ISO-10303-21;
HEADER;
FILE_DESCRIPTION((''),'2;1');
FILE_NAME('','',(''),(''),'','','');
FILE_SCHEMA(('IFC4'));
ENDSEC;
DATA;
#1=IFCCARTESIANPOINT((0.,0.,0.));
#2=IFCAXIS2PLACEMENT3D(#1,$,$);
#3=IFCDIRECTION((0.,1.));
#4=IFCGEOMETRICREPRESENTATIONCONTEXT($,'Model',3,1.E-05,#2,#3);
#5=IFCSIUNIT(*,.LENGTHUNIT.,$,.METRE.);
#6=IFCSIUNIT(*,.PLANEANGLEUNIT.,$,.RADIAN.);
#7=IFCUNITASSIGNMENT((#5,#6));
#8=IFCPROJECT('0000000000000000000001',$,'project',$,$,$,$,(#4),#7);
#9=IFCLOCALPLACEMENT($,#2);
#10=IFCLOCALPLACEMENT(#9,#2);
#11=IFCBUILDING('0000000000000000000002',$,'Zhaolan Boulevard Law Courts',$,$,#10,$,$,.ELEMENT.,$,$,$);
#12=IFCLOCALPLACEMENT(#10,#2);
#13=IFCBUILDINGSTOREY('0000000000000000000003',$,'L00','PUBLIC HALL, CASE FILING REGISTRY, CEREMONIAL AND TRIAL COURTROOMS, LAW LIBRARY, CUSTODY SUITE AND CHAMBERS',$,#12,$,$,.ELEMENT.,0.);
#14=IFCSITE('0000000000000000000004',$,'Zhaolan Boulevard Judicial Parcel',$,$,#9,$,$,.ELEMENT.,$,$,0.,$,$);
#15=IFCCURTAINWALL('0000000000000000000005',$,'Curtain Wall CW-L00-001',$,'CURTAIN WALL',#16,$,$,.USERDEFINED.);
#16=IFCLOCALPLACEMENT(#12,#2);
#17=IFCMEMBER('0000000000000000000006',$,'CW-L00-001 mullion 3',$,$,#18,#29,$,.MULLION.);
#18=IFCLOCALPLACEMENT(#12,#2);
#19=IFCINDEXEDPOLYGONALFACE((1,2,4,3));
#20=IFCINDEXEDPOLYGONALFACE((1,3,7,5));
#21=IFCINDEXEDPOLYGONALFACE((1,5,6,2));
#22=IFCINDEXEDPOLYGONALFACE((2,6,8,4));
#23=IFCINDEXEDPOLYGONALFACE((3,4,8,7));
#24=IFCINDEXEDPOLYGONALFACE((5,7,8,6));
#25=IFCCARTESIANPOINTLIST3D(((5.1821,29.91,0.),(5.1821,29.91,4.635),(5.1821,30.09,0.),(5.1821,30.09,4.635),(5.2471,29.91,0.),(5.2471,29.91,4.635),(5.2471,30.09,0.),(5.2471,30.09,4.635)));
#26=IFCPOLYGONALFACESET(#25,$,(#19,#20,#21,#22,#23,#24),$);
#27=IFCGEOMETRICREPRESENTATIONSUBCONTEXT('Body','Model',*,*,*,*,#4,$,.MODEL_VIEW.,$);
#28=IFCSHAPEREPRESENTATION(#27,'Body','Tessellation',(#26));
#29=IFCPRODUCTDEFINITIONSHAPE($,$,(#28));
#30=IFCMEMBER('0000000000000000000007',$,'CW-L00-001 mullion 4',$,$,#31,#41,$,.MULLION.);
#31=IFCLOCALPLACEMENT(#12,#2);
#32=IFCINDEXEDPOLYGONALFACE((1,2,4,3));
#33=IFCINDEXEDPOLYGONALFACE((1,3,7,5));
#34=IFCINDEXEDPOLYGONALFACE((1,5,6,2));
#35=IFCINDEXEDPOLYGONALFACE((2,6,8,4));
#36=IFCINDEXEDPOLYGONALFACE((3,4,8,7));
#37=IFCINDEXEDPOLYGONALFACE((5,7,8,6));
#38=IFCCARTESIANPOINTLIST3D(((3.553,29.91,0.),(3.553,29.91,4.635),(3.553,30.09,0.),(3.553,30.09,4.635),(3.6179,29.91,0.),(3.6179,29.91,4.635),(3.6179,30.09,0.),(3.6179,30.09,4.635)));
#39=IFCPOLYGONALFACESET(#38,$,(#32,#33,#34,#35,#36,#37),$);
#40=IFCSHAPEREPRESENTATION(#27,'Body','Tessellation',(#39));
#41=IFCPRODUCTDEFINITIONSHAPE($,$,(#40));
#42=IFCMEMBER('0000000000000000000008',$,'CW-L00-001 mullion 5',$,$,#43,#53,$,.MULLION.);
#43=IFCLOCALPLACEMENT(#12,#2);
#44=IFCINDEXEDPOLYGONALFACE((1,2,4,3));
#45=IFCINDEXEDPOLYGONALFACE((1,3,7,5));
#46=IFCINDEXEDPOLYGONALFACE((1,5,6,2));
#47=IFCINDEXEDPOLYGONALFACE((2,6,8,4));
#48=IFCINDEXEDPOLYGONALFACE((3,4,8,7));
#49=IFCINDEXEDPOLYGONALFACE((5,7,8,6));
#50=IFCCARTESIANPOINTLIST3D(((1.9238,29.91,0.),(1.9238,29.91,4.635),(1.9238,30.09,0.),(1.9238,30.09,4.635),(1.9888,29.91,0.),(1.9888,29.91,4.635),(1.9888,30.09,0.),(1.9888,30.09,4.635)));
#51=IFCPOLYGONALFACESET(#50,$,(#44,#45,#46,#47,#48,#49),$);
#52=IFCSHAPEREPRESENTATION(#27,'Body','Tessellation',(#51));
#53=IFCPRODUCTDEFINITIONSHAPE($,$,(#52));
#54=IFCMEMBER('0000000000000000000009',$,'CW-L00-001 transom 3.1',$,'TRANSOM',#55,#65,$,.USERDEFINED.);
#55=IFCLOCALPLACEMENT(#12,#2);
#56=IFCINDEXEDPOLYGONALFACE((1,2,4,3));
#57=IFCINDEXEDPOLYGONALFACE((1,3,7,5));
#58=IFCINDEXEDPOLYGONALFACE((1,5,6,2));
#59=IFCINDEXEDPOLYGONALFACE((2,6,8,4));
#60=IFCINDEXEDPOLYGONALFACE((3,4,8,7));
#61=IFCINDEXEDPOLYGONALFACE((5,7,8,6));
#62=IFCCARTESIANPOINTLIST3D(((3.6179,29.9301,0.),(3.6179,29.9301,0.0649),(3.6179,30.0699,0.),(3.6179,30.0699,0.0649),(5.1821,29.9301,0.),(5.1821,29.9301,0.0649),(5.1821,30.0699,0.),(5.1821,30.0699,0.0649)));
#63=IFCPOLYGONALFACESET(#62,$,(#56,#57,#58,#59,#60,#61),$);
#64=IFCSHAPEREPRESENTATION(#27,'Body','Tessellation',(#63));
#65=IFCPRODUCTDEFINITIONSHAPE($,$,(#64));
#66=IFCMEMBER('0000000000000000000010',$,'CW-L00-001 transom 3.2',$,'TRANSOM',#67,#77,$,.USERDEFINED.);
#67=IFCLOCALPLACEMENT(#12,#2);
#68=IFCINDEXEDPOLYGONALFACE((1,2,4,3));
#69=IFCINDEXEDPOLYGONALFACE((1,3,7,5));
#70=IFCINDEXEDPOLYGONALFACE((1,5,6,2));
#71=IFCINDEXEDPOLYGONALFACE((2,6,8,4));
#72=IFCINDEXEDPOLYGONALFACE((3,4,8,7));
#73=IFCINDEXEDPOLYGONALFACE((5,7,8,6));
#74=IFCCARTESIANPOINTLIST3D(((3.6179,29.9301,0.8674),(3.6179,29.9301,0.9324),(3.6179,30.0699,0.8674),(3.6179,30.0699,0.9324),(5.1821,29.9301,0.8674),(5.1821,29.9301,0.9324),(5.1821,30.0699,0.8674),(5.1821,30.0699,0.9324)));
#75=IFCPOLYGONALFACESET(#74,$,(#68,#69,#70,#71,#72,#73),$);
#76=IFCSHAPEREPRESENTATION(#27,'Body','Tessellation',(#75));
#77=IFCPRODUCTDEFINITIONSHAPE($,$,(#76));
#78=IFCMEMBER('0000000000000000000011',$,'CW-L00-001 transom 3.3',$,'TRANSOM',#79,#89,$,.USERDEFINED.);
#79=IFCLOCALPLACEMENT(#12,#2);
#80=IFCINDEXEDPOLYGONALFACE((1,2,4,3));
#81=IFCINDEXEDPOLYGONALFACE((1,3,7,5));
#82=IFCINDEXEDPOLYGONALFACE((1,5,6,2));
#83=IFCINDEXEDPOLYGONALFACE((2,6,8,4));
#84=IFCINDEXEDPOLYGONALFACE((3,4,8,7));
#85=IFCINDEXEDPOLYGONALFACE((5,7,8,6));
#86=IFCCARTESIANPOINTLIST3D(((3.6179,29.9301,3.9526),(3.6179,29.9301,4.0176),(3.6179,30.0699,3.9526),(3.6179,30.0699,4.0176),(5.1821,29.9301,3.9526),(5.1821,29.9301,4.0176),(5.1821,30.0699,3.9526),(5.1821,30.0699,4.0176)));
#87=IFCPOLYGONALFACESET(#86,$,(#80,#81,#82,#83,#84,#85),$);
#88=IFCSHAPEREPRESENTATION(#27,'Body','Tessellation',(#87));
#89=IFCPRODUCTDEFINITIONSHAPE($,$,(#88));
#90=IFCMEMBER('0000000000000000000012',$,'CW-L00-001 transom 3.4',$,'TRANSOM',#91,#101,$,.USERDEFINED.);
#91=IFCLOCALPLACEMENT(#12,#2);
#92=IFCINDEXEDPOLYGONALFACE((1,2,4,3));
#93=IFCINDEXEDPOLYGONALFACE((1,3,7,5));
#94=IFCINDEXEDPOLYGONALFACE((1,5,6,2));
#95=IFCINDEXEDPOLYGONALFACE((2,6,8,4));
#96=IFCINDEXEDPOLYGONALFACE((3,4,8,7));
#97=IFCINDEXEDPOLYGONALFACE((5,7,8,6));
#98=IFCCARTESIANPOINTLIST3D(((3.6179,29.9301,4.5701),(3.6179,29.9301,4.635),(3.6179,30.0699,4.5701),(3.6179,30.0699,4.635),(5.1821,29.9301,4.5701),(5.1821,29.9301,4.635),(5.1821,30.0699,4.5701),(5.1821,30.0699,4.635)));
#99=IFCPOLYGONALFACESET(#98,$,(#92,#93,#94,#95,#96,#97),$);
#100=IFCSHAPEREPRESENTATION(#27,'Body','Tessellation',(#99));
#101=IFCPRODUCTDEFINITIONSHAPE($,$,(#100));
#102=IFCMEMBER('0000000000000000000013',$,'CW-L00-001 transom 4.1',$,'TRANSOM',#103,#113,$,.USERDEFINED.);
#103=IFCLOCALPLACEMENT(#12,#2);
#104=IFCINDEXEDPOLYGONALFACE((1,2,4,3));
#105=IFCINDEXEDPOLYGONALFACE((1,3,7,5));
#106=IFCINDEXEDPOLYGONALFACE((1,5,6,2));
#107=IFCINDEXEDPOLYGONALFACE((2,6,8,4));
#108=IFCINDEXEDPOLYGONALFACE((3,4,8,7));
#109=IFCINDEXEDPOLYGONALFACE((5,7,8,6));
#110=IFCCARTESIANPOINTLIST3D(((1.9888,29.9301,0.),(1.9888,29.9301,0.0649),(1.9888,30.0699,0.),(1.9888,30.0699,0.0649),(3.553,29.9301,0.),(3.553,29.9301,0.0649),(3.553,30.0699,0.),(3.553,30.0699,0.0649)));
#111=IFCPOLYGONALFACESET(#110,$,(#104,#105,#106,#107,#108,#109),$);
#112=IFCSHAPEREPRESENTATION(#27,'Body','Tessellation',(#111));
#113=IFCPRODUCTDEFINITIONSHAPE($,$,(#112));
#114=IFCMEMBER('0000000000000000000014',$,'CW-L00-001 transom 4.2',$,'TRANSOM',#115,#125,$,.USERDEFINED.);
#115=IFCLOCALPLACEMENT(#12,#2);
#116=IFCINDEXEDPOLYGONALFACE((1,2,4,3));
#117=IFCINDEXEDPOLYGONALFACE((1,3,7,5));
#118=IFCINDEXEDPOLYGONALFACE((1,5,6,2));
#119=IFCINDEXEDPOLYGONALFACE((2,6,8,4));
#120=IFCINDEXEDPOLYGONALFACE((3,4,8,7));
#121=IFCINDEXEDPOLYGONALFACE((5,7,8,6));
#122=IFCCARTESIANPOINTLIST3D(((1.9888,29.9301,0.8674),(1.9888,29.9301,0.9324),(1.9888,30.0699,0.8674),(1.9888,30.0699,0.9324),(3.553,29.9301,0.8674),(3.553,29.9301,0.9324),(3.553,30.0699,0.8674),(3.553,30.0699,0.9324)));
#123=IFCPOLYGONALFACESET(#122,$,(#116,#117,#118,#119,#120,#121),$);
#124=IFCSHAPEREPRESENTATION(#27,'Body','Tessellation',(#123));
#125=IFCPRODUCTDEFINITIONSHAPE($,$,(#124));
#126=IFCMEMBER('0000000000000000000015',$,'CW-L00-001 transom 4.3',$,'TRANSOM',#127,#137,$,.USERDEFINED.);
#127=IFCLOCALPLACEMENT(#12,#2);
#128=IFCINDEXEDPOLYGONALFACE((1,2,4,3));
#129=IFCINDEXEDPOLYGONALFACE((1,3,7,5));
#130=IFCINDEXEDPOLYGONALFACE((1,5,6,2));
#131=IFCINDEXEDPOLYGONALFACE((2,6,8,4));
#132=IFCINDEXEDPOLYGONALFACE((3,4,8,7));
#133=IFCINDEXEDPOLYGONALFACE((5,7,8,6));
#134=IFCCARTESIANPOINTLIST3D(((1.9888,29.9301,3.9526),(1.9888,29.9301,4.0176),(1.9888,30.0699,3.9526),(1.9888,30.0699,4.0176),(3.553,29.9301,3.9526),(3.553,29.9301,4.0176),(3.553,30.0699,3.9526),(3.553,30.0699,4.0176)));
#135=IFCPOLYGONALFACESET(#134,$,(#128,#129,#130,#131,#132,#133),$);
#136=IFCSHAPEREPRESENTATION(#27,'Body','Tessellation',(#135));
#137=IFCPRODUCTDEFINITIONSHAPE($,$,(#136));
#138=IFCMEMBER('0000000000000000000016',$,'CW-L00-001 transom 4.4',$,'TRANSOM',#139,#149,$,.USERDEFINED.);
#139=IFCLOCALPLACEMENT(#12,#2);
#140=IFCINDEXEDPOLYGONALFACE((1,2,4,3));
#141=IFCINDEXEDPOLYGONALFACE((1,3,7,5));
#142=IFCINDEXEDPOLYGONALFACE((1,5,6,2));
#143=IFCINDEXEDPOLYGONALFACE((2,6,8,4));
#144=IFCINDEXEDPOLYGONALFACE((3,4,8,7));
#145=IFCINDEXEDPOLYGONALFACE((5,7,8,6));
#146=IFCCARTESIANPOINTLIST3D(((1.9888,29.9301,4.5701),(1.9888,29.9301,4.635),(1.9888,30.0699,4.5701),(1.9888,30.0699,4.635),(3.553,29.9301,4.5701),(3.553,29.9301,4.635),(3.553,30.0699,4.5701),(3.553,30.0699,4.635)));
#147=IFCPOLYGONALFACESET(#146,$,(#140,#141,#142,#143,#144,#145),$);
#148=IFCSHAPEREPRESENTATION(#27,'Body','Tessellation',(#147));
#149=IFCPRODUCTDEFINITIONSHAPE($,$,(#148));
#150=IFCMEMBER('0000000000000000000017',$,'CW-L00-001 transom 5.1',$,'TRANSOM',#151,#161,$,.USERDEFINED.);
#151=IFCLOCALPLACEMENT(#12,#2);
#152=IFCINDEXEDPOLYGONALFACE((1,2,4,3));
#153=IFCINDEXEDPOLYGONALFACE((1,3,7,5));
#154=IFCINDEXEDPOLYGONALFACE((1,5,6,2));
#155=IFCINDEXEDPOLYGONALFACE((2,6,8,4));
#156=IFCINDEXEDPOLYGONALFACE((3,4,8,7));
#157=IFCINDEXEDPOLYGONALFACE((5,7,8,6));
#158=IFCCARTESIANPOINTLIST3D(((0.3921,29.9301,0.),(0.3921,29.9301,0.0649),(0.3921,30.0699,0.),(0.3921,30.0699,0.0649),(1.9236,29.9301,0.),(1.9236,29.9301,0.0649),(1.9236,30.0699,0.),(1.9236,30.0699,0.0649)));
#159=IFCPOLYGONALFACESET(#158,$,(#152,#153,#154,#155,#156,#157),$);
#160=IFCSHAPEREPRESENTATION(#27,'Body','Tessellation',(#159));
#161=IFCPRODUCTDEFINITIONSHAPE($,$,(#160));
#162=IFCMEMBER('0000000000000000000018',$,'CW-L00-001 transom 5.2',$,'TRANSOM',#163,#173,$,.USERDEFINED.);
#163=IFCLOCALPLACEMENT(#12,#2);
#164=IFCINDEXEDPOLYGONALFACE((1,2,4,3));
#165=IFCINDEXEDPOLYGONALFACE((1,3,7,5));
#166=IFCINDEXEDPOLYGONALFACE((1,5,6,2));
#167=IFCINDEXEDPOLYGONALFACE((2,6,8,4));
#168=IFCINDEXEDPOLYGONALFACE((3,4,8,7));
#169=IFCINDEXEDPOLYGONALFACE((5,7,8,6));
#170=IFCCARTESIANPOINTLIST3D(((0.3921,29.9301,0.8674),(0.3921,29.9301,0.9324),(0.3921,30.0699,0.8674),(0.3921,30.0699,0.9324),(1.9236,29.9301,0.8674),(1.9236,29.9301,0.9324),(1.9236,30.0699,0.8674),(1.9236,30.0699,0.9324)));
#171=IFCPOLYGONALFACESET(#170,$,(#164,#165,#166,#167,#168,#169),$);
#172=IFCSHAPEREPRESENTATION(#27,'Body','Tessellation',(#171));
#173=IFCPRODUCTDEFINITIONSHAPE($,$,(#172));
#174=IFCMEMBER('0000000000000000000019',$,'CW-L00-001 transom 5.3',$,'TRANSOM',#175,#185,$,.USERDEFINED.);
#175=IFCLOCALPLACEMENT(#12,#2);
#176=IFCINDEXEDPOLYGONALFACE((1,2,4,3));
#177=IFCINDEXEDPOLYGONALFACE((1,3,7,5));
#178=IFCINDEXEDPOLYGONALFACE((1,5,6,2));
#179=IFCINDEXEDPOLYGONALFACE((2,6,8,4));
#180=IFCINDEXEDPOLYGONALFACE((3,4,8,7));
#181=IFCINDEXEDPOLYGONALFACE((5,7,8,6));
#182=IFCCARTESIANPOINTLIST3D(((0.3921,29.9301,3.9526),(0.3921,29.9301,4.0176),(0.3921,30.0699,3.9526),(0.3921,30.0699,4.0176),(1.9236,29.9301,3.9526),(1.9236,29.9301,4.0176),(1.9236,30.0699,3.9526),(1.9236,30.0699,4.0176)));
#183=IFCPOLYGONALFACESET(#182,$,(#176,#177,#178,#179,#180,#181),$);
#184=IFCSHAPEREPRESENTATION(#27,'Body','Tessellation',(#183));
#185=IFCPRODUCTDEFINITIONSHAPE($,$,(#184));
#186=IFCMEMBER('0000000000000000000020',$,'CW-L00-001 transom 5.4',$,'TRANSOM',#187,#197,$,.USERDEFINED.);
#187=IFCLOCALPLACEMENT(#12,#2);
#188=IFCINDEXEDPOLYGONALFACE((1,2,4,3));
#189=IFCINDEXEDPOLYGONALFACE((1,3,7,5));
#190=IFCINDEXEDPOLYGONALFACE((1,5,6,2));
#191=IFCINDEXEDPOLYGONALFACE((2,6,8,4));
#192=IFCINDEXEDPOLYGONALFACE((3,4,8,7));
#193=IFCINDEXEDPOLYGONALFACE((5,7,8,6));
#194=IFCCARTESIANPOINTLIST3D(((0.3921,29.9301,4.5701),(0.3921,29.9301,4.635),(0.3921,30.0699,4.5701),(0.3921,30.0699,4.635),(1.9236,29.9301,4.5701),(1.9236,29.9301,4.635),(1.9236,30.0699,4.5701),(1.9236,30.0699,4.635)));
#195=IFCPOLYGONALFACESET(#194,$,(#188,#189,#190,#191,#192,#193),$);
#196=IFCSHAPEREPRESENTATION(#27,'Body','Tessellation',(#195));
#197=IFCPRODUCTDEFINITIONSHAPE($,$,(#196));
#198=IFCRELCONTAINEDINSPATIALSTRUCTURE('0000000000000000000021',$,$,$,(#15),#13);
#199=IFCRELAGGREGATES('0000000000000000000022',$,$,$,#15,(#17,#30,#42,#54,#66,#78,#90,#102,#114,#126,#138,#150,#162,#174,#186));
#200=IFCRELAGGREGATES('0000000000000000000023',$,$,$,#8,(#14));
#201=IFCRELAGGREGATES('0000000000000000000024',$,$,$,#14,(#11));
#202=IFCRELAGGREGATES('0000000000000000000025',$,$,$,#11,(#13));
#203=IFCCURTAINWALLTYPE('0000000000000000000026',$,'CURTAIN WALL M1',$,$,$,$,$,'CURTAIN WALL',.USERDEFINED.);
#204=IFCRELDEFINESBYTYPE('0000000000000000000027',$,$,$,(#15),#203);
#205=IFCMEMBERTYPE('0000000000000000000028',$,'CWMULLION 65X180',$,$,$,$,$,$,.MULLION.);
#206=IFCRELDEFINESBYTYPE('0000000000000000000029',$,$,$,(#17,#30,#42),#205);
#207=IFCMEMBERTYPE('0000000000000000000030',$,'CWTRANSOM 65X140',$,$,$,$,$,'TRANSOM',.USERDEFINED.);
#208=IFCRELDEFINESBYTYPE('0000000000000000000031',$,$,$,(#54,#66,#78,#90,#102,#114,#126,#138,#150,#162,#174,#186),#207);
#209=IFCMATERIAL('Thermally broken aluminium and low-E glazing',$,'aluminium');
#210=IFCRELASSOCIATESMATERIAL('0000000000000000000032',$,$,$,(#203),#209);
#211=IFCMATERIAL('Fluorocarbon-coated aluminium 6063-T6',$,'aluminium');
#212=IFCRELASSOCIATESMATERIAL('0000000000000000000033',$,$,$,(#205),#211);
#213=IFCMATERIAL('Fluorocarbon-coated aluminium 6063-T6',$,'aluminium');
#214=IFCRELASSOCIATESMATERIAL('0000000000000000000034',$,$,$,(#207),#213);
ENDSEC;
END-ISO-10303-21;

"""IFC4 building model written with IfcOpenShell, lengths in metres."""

from ifc_helpers import new_model, si_unit, direction, frame, origin, origin_2d, place, context, subcontext, project, spatial, rectangle, extrude, material, material_profile, profile_set, type_object, element, aggregate, save


model = new_model("IFC4")

# Units and contexts
model_context = context("Model", 3, precision=1e-05, world=origin(), true_north=direction((0.0, 1.0)))
body_context = subcontext(model_context, "Body", "Model", "MODEL_VIEW")
ifc_project = project(units=[si_unit("LENGTHUNIT", "METRE"), si_unit("PLANEANGLEUNIT", "RADIAN")], contexts=[model_context])

# Site, building, storey
site_placement = place(None, origin())
site = spatial("IfcSite", under=ifc_project, at=site_placement, Name="Zhaolan Boulevard Judicial Parcel", CompositionType="ELEMENT", RefElevation=0.0)
building_placement = place(site_placement, origin())
building = spatial("IfcBuilding", under=site, at=building_placement, Name="Zhaolan Boulevard Law Courts", CompositionType="ELEMENT")
storey_placement = place(building_placement, origin())
storey = spatial("IfcBuildingStorey", under=building, at=storey_placement, Name="L00", Description="PUBLIC HALL, CASE FILING REGISTRY, CEREMONIAL AND TRIAL COURTROOMS, LAW LIBRARY, CUSTODY SUITE AND CHAMBERS", CompositionType="ELEMENT", Elevation=0.0)

# Curtain wall, members
ifc_material_1 = material(Name="Thermally broken aluminium and low-E glazing", Category="aluminium")
curtain_wall_type = type_object("IfcCurtainWallType", Name="CURTAIN WALL M1", ElementType="CURTAIN WALL", PredefinedType="USERDEFINED", material=ifc_material_1)
curtain_wall_placement = place(storey_placement, origin())
curtain_wall = element("IfcCurtainWall", 1, at=curtain_wall_placement, inside=storey, type_object=curtain_wall_type, Name="Curtain Wall CW-L00-001", ObjectType="CURTAIN WALL", PredefinedType="USERDEFINED")
ifc_material_2 = material(Name="Fluorocarbon-coated aluminium 6063-T6", Category="aluminium")
ifc_material_profile_1 = material_profile(ifc_material_2, rectangle(XDim=0.1799, YDim=0.0649, at=origin_2d()), Name="AL65x180")
ifc_profile_set_1 = profile_set([ifc_material_profile_1], Name="Fluorocarbon-coated aluminium 6063-T6")
member_type_1 = type_object("IfcMemberType", Name="CWMULLION 65X180", PredefinedType="MULLION", material=ifc_profile_set_1)
member_1_placement = place(storey_placement, frame((5.2146, 30.0, 0.0), z_axis=(0.0, 0.0, 1.0), x_axis=(0.0, -1.0, 0.0)))
member_1 = element("IfcMember", 2, at=member_1_placement, type_object=member_type_1, Name="CW-L00-001 mullion 3", PredefinedType="MULLION", context=body_context, shape_type="SweptSolid", body=[
    extrude(rectangle(XDim=0.1799, YDim=0.0649, at=origin_2d()), origin(), (0.0, 0.0, 1.0), 4.635),
])
member_2_placement = place(storey_placement, frame((3.5854, 30.0, 0.0), z_axis=(0.0, 0.0, 1.0), x_axis=(0.0, -1.0, 0.0)))
member_2 = element("IfcMember", 3, at=member_2_placement, type_object=member_type_1, Name="CW-L00-001 mullion 4", PredefinedType="MULLION", context=body_context, shape_type="SweptSolid", body=[
    extrude(rectangle(XDim=0.1799, YDim=0.0649, at=origin_2d()), origin(), (0.0, 0.0, 1.0), 4.635),
])
member_3_placement = place(storey_placement, frame((1.9563, 30.0, 0.0), z_axis=(0.0, 0.0, 1.0), x_axis=(0.0, -1.0, 0.0)))
member_3 = element("IfcMember", 4, at=member_3_placement, type_object=member_type_1, Name="CW-L00-001 mullion 5", PredefinedType="MULLION", context=body_context, shape_type="SweptSolid", body=[
    extrude(rectangle(XDim=0.1799, YDim=0.0649, at=origin_2d()), origin(), (0.0, 0.0, 1.0), 4.635),
])
ifc_material_3 = material(Name="Fluorocarbon-coated aluminium 6063-T6", Category="aluminium")
ifc_material_profile_2 = material_profile(ifc_material_3, rectangle(XDim=0.1399, YDim=0.0649, at=origin_2d()), Name="AL65x140")
ifc_profile_set_2 = profile_set([ifc_material_profile_2], Name="Fluorocarbon-coated aluminium 6063-T6")
member_type_2 = type_object("IfcMemberType", Name="CWTRANSOM 65X140", ElementType="TRANSOM", PredefinedType="USERDEFINED", material=ifc_profile_set_2)
member_4_placement = place(storey_placement, frame((5.1821, 30.0, 0.0325), z_axis=(-1.0, 0.0, 0.0), x_axis=(0.0, -1.0, 0.0)))
member_4 = element("IfcMember", 5, at=member_4_placement, type_object=member_type_2, Name="CW-L00-001 transom 3.1", ObjectType="TRANSOM", PredefinedType="USERDEFINED", context=body_context, shape_type="SweptSolid", body=[
    extrude(rectangle(XDim=0.1399, YDim=0.0649, at=origin_2d()), origin(), (0.0, 0.0, 1.0), 1.5642),
])
member_5_placement = place(storey_placement, frame((5.1821, 30.0, 0.8999), z_axis=(-1.0, 0.0, 0.0), x_axis=(0.0, -1.0, 0.0)))
member_5 = element("IfcMember", 6, at=member_5_placement, type_object=member_type_2, Name="CW-L00-001 transom 3.2", ObjectType="TRANSOM", PredefinedType="USERDEFINED", context=body_context, shape_type="SweptSolid", body=[
    extrude(rectangle(XDim=0.1399, YDim=0.0649, at=origin_2d()), origin(), (0.0, 0.0, 1.0), 1.5642),
])
member_6_placement = place(storey_placement, frame((5.1821, 30.0, 3.9851), z_axis=(-1.0, 0.0, 0.0), x_axis=(0.0, -1.0, 0.0)))
member_6 = element("IfcMember", 7, at=member_6_placement, type_object=member_type_2, Name="CW-L00-001 transom 3.3", ObjectType="TRANSOM", PredefinedType="USERDEFINED", context=body_context, shape_type="SweptSolid", body=[
    extrude(rectangle(XDim=0.1399, YDim=0.0649, at=origin_2d()), origin(), (0.0, 0.0, 1.0), 1.5642),
])
member_7_placement = place(storey_placement, frame((5.1821, 30.0, 4.6025), z_axis=(-1.0, 0.0, 0.0), x_axis=(0.0, -1.0, 0.0)))
member_7 = element("IfcMember", 8, at=member_7_placement, type_object=member_type_2, Name="CW-L00-001 transom 3.4", ObjectType="TRANSOM", PredefinedType="USERDEFINED", context=body_context, shape_type="SweptSolid", body=[
    extrude(rectangle(XDim=0.1399, YDim=0.0649, at=origin_2d()), origin(), (0.0, 0.0, 1.0), 1.5642),
])
member_8_placement = place(storey_placement, frame((3.553, 30.0, 0.0325), z_axis=(-1.0, 0.0, 0.0), x_axis=(0.0, -1.0, 0.0)))
member_8 = element("IfcMember", 9, at=member_8_placement, type_object=member_type_2, Name="CW-L00-001 transom 4.1", ObjectType="TRANSOM", PredefinedType="USERDEFINED", context=body_context, shape_type="SweptSolid", body=[
    extrude(rectangle(XDim=0.1399, YDim=0.0649, at=origin_2d()), origin(), (0.0, 0.0, 1.0), 1.5642),
])
member_9_placement = place(storey_placement, frame((3.553, 30.0, 0.8999), z_axis=(-1.0, 0.0, 0.0), x_axis=(0.0, -1.0, 0.0)))
member_9 = element("IfcMember", 10, at=member_9_placement, type_object=member_type_2, Name="CW-L00-001 transom 4.2", ObjectType="TRANSOM", PredefinedType="USERDEFINED", context=body_context, shape_type="SweptSolid", body=[
    extrude(rectangle(XDim=0.1399, YDim=0.0649, at=origin_2d()), origin(), (0.0, 0.0, 1.0), 1.5642),
])
member_10_placement = place(storey_placement, frame((3.553, 30.0, 3.9851), z_axis=(-1.0, 0.0, 0.0), x_axis=(0.0, -1.0, 0.0)))
member_10 = element("IfcMember", 11, at=member_10_placement, type_object=member_type_2, Name="CW-L00-001 transom 4.3", ObjectType="TRANSOM", PredefinedType="USERDEFINED", context=body_context, shape_type="SweptSolid", body=[
    extrude(rectangle(XDim=0.1399, YDim=0.0649, at=origin_2d()), origin(), (0.0, 0.0, 1.0), 1.5642),
])
member_11_placement = place(storey_placement, frame((3.553, 30.0, 4.6025), z_axis=(-1.0, 0.0, 0.0), x_axis=(0.0, -1.0, 0.0)))
member_11 = element("IfcMember", 12, at=member_11_placement, type_object=member_type_2, Name="CW-L00-001 transom 4.4", ObjectType="TRANSOM", PredefinedType="USERDEFINED", context=body_context, shape_type="SweptSolid", body=[
    extrude(rectangle(XDim=0.1399, YDim=0.0649, at=origin_2d()), origin(), (0.0, 0.0, 1.0), 1.5642),
])
member_12_placement = place(storey_placement, frame((1.9236, 30.0, 0.0325), z_axis=(-1.0, 0.0, 0.0), x_axis=(0.0, -1.0, 0.0)))
member_12 = element("IfcMember", 13, at=member_12_placement, type_object=member_type_2, Name="CW-L00-001 transom 5.1", ObjectType="TRANSOM", PredefinedType="USERDEFINED", context=body_context, shape_type="SweptSolid", body=[
    extrude(rectangle(XDim=0.1399, YDim=0.0649, at=origin_2d()), origin(), (0.0, 0.0, 1.0), 1.5315),
])
member_13_placement = place(storey_placement, frame((1.9236, 30.0, 0.8999), z_axis=(-1.0, 0.0, 0.0), x_axis=(0.0, -1.0, 0.0)))
member_13 = element("IfcMember", 14, at=member_13_placement, type_object=member_type_2, Name="CW-L00-001 transom 5.2", ObjectType="TRANSOM", PredefinedType="USERDEFINED", context=body_context, shape_type="SweptSolid", body=[
    extrude(rectangle(XDim=0.1399, YDim=0.0649, at=origin_2d()), origin(), (0.0, 0.0, 1.0), 1.5315),
])
member_14_placement = place(storey_placement, frame((1.9236, 30.0, 3.9851), z_axis=(-1.0, 0.0, 0.0), x_axis=(0.0, -1.0, 0.0)))
member_14 = element("IfcMember", 15, at=member_14_placement, type_object=member_type_2, Name="CW-L00-001 transom 5.3", ObjectType="TRANSOM", PredefinedType="USERDEFINED", context=body_context, shape_type="SweptSolid", body=[
    extrude(rectangle(XDim=0.1399, YDim=0.0649, at=origin_2d()), origin(), (0.0, 0.0, 1.0), 1.5315),
])
member_15_placement = place(storey_placement, frame((1.9236, 30.0, 4.6025), z_axis=(-1.0, 0.0, 0.0), x_axis=(0.0, -1.0, 0.0)))
member_15 = element("IfcMember", 16, at=member_15_placement, type_object=member_type_2, Name="CW-L00-001 transom 5.4", ObjectType="TRANSOM", PredefinedType="USERDEFINED", context=body_context, shape_type="SweptSolid", body=[
    extrude(rectangle(XDim=0.1399, YDim=0.0649, at=origin_2d()), origin(), (0.0, 0.0, 1.0), 1.5315),
])
aggregate(curtain_wall, [member_1, member_2, member_3, member_4, member_5, member_6, member_7, member_8, member_9, member_10, member_11, member_12, member_13, member_14, member_15])

save(model, "model.ifc")
